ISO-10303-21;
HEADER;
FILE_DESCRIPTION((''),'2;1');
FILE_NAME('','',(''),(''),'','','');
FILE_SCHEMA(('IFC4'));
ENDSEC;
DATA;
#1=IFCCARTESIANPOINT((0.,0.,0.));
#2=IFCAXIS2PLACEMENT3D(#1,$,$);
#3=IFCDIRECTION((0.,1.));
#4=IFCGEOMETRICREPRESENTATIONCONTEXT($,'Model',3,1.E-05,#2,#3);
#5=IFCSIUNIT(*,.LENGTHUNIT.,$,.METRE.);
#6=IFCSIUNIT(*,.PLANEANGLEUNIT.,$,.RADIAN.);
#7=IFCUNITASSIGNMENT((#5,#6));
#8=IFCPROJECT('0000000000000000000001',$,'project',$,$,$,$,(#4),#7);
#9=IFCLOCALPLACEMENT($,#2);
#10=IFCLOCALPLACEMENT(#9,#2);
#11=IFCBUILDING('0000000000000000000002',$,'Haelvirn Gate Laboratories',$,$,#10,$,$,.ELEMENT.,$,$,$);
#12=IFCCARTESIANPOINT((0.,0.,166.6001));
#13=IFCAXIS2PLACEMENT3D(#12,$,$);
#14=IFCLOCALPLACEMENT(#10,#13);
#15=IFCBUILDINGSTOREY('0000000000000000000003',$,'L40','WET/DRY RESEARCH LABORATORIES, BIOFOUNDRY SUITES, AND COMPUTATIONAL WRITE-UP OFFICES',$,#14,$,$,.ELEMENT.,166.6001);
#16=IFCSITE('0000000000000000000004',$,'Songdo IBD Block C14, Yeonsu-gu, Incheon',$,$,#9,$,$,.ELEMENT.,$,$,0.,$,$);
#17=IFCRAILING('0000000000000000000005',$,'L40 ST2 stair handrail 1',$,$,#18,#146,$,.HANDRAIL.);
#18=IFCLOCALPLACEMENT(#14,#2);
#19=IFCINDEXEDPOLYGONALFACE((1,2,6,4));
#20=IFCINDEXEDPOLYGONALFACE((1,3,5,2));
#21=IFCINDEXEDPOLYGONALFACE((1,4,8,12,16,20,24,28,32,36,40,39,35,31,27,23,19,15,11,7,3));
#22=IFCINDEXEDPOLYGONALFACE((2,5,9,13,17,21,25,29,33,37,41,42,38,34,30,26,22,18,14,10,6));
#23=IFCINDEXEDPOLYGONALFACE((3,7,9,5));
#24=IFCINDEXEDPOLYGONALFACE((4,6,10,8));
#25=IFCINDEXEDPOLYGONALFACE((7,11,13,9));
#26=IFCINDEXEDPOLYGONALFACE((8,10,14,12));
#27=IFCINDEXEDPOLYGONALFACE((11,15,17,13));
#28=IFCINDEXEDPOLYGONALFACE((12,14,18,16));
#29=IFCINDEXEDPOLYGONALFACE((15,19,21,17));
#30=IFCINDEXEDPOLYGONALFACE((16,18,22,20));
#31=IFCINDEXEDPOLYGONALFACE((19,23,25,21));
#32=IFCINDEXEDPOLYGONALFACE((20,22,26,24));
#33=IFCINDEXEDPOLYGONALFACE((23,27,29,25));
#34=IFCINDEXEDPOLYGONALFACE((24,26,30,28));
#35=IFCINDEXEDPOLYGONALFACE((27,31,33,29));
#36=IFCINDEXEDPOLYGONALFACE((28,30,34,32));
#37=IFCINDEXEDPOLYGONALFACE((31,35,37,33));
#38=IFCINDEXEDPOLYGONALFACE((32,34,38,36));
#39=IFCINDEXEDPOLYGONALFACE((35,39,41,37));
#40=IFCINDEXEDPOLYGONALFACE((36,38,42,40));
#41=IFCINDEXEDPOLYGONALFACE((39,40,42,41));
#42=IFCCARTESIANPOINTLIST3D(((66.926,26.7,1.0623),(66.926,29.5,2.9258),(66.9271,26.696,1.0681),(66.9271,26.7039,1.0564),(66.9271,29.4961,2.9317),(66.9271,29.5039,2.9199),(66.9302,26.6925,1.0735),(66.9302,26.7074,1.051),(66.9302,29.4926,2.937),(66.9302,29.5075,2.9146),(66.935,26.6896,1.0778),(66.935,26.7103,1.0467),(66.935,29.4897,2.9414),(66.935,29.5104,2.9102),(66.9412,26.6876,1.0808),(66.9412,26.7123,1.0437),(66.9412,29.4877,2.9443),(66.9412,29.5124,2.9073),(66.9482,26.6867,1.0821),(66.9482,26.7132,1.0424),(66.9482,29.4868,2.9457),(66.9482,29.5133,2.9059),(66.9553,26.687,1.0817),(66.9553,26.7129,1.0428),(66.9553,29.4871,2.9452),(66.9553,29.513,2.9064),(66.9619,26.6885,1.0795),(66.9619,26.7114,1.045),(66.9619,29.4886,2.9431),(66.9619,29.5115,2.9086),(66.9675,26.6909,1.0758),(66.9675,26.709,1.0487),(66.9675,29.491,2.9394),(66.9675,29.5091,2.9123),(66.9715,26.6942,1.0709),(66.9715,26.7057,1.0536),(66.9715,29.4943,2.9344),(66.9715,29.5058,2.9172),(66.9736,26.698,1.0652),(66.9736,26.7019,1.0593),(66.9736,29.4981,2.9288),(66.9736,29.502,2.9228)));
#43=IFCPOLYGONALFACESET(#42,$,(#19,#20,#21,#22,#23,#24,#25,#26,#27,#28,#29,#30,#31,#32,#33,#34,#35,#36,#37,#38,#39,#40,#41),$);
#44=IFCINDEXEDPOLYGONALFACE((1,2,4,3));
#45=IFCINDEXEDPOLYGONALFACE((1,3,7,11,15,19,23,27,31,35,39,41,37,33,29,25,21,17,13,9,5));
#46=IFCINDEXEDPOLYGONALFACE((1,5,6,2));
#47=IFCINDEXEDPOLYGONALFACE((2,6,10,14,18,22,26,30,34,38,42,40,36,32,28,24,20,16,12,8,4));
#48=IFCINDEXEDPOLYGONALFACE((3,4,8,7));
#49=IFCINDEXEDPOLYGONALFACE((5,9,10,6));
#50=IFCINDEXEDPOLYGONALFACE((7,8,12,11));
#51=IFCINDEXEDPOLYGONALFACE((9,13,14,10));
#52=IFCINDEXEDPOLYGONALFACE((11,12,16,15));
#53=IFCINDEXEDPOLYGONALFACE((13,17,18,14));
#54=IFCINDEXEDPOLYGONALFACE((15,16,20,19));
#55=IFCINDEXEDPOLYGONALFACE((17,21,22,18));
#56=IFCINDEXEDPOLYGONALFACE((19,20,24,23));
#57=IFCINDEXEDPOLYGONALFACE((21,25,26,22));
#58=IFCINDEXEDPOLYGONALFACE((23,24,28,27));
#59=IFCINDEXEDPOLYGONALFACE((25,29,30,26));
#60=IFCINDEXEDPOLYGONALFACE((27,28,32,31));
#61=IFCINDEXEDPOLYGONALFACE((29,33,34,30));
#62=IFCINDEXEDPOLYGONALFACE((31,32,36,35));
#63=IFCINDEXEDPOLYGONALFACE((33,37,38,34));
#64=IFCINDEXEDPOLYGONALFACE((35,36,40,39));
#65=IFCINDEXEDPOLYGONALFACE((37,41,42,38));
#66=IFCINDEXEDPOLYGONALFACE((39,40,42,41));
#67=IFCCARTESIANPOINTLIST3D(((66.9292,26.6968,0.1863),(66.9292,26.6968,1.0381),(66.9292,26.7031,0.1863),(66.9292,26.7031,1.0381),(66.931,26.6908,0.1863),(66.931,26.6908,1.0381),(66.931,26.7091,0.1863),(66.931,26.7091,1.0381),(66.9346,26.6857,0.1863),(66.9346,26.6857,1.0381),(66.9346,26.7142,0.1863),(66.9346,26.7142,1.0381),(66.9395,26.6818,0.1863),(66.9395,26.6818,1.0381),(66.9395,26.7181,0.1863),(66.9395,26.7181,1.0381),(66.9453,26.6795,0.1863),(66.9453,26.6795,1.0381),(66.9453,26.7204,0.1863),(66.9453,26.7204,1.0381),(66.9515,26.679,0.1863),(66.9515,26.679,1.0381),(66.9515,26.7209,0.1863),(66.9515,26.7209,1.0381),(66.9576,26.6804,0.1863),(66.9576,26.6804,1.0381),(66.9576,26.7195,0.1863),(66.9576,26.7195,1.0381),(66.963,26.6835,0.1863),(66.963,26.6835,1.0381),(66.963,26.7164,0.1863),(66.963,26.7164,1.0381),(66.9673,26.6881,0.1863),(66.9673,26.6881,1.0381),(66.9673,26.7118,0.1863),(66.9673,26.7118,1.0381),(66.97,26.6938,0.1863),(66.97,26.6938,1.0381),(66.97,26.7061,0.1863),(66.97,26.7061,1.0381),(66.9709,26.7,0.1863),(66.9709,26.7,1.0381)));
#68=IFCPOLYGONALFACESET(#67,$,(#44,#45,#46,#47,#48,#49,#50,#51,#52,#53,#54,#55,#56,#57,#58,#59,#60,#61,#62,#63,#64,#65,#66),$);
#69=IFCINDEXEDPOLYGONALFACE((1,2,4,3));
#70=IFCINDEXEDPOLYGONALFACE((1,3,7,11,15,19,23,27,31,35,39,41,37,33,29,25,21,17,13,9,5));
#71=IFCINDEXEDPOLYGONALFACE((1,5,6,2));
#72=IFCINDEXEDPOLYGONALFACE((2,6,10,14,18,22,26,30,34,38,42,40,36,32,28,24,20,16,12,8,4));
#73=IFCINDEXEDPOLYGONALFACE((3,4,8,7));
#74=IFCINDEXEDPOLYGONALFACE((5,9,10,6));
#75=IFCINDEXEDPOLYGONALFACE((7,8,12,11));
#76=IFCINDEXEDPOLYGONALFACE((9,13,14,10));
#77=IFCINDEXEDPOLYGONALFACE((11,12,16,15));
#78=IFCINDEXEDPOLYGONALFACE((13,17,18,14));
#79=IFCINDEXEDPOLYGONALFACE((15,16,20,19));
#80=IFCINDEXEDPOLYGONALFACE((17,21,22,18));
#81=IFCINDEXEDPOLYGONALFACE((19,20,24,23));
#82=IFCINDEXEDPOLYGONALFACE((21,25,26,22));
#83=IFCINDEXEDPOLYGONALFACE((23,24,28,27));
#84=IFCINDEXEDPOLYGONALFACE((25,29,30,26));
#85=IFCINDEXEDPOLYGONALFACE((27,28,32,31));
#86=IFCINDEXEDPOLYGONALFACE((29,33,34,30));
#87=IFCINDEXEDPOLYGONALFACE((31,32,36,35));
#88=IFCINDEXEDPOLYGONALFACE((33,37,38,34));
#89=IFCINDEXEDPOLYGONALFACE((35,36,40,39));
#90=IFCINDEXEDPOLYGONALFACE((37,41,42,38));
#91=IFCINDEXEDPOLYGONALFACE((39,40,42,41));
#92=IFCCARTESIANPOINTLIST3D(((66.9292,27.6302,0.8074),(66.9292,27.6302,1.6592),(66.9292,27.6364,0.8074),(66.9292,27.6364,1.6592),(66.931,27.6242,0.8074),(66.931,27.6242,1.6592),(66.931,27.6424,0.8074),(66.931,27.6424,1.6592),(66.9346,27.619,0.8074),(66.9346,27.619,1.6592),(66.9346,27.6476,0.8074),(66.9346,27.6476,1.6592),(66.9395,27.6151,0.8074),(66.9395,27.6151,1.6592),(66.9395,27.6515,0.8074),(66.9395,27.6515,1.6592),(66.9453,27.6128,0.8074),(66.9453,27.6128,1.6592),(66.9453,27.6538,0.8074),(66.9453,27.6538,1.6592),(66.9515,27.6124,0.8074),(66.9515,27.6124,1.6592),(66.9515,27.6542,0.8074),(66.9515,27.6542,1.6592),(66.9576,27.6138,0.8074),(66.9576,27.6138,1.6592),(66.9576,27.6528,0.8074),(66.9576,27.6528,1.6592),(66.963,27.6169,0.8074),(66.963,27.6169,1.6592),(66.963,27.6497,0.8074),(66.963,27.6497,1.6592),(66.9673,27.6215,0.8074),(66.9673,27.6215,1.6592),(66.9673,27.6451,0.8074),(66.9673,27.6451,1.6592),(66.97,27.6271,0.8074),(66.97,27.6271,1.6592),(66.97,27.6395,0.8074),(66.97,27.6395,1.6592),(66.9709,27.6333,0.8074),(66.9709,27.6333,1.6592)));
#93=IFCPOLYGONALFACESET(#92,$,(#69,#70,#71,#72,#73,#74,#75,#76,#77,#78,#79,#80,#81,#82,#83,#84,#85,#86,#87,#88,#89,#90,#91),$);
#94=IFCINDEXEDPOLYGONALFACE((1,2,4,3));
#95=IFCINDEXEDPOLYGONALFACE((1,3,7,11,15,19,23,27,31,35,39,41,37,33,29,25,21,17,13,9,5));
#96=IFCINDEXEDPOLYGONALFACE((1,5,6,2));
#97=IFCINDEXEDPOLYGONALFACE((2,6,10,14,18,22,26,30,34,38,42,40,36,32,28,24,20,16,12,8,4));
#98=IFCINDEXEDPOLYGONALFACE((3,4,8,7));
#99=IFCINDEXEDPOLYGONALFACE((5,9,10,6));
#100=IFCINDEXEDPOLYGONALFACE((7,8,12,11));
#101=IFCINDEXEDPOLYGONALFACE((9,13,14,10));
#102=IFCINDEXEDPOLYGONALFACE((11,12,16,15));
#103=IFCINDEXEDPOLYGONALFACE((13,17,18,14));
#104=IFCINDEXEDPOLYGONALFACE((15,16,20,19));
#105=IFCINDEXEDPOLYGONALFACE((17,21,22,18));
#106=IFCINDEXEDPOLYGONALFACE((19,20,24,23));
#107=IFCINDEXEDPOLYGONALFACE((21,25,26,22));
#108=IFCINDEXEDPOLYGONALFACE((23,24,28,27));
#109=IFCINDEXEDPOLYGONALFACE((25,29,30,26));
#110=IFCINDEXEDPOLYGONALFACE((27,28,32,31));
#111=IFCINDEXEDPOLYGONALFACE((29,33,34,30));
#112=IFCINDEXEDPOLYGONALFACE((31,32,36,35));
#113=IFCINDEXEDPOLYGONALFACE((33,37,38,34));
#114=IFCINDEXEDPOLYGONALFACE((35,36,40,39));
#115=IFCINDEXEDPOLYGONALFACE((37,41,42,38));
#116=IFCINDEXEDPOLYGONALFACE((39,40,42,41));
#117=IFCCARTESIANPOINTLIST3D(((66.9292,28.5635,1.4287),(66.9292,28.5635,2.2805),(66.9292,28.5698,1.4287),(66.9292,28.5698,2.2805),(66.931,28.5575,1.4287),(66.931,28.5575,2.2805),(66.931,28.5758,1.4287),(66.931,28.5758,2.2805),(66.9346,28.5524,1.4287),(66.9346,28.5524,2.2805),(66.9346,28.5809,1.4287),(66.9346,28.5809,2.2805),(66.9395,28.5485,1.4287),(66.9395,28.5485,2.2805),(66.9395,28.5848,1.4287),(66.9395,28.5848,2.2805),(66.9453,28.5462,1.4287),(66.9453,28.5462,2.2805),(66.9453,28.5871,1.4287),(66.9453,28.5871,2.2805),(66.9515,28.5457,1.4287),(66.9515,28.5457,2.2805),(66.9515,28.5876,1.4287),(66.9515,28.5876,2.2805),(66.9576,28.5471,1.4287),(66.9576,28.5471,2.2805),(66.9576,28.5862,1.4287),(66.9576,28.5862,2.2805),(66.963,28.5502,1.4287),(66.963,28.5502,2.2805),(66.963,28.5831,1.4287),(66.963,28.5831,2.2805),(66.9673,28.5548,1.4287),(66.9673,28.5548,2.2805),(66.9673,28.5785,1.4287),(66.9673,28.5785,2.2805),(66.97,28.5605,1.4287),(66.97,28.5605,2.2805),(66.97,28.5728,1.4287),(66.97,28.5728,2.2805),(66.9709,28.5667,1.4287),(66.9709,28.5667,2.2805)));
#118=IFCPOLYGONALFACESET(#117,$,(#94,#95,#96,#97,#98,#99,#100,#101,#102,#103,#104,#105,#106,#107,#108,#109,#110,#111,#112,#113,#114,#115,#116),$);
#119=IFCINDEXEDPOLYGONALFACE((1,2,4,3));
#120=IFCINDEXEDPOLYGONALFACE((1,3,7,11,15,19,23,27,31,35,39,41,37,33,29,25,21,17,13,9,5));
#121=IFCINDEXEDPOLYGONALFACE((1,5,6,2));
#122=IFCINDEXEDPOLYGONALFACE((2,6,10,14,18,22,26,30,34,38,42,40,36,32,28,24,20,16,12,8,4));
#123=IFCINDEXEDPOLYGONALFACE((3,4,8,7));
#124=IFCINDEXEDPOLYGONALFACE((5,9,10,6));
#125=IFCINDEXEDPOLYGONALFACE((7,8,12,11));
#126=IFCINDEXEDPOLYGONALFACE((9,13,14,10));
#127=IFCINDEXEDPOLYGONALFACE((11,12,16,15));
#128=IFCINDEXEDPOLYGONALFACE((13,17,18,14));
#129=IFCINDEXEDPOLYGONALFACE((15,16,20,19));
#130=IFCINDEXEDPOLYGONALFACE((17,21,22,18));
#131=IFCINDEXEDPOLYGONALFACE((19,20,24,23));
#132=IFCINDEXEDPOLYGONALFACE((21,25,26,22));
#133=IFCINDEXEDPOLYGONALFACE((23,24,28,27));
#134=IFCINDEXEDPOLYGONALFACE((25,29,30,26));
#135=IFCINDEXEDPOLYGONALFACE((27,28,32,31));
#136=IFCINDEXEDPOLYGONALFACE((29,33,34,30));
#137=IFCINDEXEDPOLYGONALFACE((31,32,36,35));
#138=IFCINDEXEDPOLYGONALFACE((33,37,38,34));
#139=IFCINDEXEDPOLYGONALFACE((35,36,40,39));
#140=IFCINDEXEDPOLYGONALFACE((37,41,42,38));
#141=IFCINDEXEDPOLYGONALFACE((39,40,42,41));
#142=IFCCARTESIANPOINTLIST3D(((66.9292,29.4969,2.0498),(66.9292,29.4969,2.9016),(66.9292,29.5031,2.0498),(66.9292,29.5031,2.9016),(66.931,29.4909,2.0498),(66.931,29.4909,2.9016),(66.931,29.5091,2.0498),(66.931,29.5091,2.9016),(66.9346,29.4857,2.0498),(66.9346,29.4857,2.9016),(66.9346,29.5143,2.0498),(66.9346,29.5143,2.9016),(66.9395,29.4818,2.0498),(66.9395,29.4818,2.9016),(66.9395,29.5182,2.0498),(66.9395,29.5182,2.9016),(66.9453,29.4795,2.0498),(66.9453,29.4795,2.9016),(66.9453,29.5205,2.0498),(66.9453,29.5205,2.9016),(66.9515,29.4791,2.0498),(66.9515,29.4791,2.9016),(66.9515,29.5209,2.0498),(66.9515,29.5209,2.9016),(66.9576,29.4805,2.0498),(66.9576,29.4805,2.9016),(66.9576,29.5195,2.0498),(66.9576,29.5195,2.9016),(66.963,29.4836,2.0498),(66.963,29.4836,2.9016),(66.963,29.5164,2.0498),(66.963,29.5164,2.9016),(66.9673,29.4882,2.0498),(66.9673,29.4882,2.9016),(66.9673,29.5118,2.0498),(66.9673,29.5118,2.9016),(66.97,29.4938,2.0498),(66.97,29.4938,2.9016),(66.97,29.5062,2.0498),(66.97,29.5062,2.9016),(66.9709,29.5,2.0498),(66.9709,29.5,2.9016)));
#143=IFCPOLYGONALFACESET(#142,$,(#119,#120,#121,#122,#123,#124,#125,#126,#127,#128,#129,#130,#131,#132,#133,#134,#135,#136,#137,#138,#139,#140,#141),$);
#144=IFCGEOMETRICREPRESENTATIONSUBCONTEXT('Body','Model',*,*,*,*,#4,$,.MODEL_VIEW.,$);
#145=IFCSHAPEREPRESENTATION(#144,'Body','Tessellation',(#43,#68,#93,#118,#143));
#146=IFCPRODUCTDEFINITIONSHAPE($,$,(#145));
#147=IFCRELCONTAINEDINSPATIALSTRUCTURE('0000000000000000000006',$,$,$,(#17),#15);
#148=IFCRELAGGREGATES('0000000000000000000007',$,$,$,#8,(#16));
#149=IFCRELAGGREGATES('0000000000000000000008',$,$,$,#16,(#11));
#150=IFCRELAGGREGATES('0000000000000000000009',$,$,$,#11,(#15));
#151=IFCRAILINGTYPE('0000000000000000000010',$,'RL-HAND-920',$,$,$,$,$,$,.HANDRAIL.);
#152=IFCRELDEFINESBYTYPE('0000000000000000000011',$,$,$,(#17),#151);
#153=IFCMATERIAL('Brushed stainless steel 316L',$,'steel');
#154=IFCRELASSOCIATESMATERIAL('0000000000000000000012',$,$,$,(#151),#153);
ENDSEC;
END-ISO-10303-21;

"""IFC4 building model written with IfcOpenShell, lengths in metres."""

from ifc_helpers import new_model, si_unit, direction, frame, origin, origin_2d, place, context, subcontext, project, spatial, circle, extrude, source, transform, mapped, material, type_object, element, save


model = new_model("IFC4")

# Units and contexts
model_context = context("Model", 3, precision=1e-05, world=origin(), true_north=direction((0.0, 1.0)))
body_context = subcontext(model_context, "Body", "Model", "MODEL_VIEW")
ifc_project = project(units=[si_unit("LENGTHUNIT", "METRE"), si_unit("PLANEANGLEUNIT", "RADIAN")], contexts=[model_context])

# Site, building, storey
site_placement = place(None, origin())
site = spatial("IfcSite", under=ifc_project, at=site_placement, Name="Songdo IBD Block C14, Yeonsu-gu, Incheon", CompositionType="ELEMENT", RefElevation=0.0)
building_placement = place(site_placement, origin())
building = spatial("IfcBuilding", under=site, at=building_placement, Name="Haelvirn Gate Laboratories", CompositionType="ELEMENT")
storey_placement = place(building_placement, frame((0.0, 0.0, 166.6001)))
storey = spatial("IfcBuildingStorey", under=building, at=storey_placement, Name="L40", Description="WET/DRY RESEARCH LABORATORIES, BIOFOUNDRY SUITES, AND COMPUTATIONAL WRITE-UP OFFICES", CompositionType="ELEMENT", Elevation=166.6001)

# Railing
ifc_material_1 = material(Name="Brushed stainless steel 316L", Category="steel")
railing_type_1 = type_object("IfcRailingType", Name="RL-HAND-920", PredefinedType="HANDRAIL", material=ifc_material_1)
shared_shape_1 = source(origin(), body_context, "Body", "SweptSolid", [
    extrude(circle(Radius=0.0239, at=origin_2d()), frame((0.0, 0.0, 0.876), z_axis=(0.0, 0.832486, 0.554047), x_axis=(-1.0, 0.0, 0.0)), (0.0, 0.0, 1.0), 3.3635),
    extrude(circle(Radius=0.021, at=origin_2d()), origin(), (0.0, 0.0, 1.0), 0.8518),
    extrude(circle(Radius=0.021, at=origin_2d()), frame((0.0, 0.9333, 0.6211)), (0.0, 0.0, 1.0), 0.8518),
    extrude(circle(Radius=0.021, at=origin_2d()), frame((0.0, 1.8667, 1.2424)), (0.0, 0.0, 1.0), 0.8518),
    extrude(circle(Radius=0.021, at=origin_2d()), frame((0.0, 2.8, 1.8635)), (0.0, 0.0, 1.0), 0.8518),
])
railing_1_placement = place(storey_placement, frame((66.95, 26.7, 0.1863)))
element("IfcRailing", 1, at=railing_1_placement, inside=storey, type_object=railing_type_1, Name="L40 ST2 stair handrail 1", PredefinedType="HANDRAIL", context=body_context, shape_type="MappedRepresentation", body=[
    mapped(shared_shape_1, transform((0.0, 0.0, 0.0), scale=1.0)),
])

save(model, "model.ifc")
